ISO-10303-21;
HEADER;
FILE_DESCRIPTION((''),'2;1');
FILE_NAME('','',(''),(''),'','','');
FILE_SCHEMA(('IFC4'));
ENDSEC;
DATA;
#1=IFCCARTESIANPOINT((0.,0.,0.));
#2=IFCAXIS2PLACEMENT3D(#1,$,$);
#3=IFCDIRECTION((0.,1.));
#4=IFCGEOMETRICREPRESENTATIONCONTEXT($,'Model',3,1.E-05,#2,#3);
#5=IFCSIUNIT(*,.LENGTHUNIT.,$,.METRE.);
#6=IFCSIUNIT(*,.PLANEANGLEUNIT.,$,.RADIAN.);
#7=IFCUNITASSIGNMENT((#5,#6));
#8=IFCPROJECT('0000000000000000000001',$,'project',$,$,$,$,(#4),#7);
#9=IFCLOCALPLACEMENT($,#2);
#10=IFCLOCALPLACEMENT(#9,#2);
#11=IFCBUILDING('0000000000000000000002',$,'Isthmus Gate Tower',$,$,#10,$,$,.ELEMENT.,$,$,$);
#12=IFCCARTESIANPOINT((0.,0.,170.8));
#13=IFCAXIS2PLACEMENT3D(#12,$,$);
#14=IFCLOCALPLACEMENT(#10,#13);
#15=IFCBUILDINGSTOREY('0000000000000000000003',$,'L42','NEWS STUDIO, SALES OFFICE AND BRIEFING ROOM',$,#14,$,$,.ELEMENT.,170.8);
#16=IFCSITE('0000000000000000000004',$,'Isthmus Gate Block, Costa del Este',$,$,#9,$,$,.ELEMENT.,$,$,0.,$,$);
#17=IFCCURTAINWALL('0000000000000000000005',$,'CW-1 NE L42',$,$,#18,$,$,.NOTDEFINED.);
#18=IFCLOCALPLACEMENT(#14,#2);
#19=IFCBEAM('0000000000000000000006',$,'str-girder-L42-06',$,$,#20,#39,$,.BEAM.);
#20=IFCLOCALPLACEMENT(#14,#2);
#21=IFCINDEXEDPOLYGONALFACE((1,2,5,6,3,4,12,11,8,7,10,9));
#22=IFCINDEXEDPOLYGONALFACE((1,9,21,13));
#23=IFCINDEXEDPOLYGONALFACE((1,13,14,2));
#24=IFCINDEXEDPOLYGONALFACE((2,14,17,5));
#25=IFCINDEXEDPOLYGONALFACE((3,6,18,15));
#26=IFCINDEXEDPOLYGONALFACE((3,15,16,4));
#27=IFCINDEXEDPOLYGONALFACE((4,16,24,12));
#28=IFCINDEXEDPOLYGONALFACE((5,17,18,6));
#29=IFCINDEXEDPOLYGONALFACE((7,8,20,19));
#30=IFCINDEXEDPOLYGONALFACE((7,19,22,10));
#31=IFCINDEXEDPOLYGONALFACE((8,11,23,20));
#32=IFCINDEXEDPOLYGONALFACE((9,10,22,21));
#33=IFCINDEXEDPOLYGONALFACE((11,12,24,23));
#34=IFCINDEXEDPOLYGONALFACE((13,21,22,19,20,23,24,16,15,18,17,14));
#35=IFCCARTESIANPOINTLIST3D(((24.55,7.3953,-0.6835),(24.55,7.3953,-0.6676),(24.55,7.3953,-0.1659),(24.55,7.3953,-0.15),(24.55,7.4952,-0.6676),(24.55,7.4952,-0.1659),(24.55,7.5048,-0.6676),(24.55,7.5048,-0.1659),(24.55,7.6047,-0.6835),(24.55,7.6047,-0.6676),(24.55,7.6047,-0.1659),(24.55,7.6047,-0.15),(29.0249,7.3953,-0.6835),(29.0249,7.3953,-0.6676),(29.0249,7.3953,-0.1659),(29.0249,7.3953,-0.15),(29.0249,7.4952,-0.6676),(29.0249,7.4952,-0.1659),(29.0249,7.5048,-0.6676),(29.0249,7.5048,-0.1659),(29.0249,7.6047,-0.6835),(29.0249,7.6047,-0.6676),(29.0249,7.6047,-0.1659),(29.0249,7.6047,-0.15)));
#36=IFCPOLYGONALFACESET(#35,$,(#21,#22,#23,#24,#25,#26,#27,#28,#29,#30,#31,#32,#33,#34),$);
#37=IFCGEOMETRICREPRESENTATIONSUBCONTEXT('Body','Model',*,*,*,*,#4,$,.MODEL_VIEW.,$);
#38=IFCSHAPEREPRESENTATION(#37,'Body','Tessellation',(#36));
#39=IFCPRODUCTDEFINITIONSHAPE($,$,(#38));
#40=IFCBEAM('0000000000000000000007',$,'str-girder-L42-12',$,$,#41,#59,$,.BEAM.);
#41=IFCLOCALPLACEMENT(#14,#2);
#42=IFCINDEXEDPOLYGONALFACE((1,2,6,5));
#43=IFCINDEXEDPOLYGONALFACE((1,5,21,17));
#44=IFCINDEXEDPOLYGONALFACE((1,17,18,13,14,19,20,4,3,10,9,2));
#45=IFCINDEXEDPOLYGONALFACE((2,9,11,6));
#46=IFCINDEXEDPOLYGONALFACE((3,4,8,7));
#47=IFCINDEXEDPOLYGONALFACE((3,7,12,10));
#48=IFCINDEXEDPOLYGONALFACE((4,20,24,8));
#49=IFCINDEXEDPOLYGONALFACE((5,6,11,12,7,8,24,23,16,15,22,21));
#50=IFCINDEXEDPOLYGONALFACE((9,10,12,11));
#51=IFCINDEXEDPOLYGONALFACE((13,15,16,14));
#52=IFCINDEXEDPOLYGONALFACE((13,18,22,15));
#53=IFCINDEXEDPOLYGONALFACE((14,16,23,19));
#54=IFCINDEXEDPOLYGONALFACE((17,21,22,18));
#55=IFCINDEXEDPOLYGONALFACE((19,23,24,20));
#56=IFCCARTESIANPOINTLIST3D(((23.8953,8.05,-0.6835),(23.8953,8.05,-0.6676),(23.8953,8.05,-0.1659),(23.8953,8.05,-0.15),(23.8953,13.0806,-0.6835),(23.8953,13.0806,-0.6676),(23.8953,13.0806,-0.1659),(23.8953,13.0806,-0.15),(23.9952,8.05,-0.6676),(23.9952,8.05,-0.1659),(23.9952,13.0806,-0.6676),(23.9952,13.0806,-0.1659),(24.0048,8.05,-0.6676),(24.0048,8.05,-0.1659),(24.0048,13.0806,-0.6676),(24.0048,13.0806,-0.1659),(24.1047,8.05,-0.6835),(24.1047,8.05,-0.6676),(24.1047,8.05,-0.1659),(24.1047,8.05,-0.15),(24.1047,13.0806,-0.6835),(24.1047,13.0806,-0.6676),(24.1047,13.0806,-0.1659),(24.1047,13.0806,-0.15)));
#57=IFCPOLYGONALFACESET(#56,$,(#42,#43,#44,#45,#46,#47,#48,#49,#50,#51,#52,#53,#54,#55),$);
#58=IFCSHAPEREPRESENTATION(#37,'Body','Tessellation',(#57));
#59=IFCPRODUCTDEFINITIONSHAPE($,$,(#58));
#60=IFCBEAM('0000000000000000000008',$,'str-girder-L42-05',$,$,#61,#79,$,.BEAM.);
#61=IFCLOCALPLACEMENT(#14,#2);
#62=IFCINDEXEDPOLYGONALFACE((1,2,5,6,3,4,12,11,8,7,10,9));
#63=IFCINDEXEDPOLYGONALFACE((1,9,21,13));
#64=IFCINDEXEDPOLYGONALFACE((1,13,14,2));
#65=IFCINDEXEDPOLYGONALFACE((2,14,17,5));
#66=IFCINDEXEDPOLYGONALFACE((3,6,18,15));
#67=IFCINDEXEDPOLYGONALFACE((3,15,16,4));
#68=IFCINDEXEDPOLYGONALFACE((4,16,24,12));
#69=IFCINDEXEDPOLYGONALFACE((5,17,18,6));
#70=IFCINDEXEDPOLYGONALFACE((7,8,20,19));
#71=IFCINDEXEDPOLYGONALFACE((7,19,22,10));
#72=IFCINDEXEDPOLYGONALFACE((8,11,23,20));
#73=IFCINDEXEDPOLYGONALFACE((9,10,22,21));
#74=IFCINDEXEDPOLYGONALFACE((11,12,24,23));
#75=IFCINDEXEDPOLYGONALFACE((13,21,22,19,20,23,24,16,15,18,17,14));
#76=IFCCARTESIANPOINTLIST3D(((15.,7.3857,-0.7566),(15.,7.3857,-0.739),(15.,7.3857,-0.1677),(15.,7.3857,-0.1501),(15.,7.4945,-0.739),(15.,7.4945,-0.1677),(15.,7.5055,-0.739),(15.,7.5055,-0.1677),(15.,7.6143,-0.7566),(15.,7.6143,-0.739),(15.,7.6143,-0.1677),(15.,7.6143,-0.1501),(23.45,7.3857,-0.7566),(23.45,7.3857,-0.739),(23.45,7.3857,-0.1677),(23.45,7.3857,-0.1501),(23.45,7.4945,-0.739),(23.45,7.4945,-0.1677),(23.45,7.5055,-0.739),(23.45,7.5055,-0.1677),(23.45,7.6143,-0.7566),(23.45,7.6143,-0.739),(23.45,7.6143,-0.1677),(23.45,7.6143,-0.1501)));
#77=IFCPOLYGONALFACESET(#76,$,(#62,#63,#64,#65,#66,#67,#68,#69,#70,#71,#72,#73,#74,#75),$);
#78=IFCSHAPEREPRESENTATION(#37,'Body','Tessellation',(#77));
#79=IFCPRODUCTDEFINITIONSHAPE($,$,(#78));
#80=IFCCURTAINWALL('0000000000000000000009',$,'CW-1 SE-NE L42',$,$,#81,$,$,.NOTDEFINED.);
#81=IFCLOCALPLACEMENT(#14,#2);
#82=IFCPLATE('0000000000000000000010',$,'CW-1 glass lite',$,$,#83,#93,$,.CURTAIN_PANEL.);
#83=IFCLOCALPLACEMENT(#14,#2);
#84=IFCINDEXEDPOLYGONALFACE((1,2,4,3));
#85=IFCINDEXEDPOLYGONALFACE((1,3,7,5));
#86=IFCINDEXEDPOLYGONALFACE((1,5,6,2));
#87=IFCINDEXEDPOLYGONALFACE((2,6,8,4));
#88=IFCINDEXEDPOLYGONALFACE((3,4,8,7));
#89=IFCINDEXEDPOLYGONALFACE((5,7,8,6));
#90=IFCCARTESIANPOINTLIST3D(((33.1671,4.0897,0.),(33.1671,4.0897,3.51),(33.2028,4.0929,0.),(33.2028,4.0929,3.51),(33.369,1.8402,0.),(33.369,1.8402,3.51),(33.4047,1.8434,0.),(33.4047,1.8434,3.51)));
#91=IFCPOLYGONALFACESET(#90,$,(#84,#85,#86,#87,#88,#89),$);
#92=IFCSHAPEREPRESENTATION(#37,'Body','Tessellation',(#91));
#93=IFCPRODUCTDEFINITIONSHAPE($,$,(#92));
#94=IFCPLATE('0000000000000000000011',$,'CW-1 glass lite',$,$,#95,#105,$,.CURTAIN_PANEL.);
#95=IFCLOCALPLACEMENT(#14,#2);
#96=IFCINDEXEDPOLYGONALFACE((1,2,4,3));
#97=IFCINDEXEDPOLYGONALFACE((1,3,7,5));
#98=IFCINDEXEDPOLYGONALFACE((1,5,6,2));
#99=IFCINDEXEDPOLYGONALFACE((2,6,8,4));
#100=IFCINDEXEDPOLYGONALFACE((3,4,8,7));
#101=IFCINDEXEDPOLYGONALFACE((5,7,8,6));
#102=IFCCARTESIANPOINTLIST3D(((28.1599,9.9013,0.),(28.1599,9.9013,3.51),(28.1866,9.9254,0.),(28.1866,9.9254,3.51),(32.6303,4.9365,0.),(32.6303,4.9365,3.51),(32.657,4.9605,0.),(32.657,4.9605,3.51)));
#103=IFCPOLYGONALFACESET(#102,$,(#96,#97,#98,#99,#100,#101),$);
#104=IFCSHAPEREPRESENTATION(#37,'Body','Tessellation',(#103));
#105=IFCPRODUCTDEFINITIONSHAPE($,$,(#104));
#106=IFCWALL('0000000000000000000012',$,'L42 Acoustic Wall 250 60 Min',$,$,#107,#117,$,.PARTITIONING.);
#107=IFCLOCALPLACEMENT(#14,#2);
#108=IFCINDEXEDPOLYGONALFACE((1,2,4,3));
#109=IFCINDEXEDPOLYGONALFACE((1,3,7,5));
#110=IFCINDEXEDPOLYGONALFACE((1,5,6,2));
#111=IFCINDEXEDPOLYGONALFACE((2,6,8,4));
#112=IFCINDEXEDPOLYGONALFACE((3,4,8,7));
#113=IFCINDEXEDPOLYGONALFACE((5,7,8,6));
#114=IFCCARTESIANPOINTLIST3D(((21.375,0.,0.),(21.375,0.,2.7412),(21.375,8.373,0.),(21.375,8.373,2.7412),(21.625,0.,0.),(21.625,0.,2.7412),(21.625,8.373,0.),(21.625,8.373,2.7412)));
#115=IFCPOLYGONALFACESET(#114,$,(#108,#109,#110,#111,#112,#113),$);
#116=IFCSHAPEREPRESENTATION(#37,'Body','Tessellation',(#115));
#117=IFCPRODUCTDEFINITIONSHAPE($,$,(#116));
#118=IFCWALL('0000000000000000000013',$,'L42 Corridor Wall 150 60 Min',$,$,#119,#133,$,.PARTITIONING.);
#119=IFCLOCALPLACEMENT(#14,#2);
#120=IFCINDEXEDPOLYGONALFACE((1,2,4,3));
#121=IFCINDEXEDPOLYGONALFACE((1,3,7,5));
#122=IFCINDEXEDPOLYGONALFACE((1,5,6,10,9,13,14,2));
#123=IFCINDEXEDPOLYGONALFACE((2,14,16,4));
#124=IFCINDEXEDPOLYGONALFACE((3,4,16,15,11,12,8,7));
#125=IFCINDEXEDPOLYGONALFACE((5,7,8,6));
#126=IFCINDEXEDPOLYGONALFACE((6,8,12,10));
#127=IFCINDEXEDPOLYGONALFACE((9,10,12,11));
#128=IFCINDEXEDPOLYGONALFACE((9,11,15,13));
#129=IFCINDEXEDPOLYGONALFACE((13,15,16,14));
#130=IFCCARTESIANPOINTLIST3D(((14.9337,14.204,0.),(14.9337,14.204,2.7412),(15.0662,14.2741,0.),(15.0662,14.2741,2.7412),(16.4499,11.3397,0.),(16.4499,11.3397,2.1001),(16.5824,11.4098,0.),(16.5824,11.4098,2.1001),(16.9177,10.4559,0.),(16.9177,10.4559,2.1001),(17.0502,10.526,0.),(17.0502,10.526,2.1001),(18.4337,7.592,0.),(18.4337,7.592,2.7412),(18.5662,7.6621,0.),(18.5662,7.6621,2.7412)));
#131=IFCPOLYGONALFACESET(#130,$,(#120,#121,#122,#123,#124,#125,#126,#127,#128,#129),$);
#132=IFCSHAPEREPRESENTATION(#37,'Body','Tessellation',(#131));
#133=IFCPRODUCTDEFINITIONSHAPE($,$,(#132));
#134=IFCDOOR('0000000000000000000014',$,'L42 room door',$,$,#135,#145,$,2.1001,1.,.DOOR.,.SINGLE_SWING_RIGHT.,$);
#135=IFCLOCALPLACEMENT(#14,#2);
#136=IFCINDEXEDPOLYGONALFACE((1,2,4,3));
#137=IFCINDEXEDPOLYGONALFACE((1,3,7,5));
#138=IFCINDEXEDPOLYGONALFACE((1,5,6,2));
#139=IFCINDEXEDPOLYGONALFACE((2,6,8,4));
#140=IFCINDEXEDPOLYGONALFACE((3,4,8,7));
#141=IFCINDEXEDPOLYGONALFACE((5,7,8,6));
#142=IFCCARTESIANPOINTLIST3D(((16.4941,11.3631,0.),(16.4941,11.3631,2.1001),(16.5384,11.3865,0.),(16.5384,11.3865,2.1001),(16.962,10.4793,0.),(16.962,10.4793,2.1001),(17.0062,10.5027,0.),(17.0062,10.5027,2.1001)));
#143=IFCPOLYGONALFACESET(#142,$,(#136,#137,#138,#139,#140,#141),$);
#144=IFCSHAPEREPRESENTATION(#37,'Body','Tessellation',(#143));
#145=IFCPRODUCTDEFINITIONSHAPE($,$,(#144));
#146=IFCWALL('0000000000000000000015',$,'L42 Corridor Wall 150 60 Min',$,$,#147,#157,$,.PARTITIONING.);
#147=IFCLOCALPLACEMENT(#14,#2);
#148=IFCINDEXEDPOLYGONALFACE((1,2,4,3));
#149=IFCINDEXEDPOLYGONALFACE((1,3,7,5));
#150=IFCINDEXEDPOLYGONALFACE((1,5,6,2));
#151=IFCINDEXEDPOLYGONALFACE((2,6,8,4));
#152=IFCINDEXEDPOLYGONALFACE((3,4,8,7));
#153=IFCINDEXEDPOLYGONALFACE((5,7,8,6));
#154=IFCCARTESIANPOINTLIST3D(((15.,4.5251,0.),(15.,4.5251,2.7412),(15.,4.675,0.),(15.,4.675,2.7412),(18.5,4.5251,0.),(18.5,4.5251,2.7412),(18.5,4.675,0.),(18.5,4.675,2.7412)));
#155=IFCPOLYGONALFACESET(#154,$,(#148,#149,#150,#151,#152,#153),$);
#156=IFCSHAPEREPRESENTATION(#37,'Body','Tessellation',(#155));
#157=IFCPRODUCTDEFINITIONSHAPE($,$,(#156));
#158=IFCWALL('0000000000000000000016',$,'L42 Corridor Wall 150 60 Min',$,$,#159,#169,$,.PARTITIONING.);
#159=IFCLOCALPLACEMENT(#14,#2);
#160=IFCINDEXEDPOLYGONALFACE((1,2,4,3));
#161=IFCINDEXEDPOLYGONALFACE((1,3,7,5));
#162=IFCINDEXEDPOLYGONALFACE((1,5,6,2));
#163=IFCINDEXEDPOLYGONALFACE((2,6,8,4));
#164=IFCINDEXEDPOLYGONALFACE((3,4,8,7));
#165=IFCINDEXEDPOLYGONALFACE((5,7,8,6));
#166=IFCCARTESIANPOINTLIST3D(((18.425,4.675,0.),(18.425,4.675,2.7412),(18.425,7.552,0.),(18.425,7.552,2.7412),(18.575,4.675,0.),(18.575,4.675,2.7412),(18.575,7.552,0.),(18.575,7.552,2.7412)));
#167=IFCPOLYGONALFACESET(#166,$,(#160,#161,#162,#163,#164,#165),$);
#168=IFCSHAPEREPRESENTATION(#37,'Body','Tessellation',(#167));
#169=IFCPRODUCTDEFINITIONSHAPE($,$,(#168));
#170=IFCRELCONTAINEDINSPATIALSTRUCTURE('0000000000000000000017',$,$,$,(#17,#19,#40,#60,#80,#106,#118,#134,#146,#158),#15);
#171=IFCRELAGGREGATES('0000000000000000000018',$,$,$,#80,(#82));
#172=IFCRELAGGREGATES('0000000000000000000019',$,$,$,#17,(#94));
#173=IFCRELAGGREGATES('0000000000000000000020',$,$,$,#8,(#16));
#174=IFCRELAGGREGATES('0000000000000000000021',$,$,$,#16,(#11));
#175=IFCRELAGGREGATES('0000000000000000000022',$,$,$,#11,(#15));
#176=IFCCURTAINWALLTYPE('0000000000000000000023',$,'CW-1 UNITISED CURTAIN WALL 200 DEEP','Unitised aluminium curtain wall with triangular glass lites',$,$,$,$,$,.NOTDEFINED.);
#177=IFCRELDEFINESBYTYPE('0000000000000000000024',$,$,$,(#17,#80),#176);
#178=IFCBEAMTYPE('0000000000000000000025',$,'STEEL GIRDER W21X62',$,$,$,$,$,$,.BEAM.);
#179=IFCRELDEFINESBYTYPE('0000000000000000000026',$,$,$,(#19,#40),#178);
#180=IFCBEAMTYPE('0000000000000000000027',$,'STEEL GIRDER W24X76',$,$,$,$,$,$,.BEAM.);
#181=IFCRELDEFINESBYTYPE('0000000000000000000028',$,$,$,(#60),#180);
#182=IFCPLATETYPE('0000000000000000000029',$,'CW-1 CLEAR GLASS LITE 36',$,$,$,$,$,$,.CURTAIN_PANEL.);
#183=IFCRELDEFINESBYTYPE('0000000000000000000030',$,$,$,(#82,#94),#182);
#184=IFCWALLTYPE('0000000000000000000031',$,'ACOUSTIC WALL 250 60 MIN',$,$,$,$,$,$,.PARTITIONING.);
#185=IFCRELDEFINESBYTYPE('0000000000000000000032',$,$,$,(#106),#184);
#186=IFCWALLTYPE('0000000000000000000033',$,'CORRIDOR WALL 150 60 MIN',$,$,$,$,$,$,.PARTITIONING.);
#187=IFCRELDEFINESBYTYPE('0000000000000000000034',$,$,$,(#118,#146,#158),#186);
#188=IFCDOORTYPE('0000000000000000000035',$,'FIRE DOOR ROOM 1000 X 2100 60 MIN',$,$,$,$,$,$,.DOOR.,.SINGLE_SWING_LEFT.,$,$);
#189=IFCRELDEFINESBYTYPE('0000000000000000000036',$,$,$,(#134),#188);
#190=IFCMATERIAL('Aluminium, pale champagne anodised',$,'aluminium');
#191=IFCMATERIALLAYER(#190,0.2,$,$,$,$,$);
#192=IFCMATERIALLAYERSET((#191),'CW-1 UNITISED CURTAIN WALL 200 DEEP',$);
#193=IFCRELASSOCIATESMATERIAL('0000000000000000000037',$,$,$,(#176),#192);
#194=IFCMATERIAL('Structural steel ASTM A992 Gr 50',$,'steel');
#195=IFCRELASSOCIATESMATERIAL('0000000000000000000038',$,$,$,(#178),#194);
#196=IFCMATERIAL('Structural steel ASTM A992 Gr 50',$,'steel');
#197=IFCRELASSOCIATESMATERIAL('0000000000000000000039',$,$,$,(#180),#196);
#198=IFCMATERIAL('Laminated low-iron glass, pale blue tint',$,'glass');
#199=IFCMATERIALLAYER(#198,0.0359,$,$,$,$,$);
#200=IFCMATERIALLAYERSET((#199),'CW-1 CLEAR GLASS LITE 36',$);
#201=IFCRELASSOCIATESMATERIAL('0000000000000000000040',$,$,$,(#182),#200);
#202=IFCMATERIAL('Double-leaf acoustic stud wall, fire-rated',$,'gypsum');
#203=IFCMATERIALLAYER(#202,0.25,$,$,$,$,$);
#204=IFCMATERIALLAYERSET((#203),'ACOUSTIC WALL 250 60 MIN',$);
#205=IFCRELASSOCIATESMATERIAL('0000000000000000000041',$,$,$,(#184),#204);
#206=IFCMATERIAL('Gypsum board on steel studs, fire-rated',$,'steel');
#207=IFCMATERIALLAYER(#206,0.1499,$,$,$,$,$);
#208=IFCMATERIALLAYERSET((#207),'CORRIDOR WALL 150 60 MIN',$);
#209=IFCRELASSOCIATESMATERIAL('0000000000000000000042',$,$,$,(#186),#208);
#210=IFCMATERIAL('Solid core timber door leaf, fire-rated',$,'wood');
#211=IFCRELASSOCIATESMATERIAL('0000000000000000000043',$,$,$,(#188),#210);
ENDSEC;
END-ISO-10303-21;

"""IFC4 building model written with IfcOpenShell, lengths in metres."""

from ifc_helpers import new_model, si_unit, direction, frame, frame_2d, origin, origin_2d, place, context, subcontext, project, spatial, rectangle, i_section, extrude, material, layer, layer_set, material_profile, profile_set, type_object, element, fill, aggregate, save


model = new_model("IFC4")

# Units and contexts
model_context = context("Model", 3, precision=1e-05, world=origin(), true_north=direction((0.0, 1.0)))
body_context = subcontext(model_context, "Body", "Model", "MODEL_VIEW")
ifc_project = project(units=[si_unit("LENGTHUNIT", "METRE"), si_unit("PLANEANGLEUNIT", "RADIAN")], contexts=[model_context])

# Site, building, storey
site_placement = place(None, origin())
site = spatial("IfcSite", under=ifc_project, at=site_placement, Name="Isthmus Gate Block, Costa del Este", CompositionType="ELEMENT", RefElevation=0.0)
building_placement = place(site_placement, origin())
building = spatial("IfcBuilding", under=site, at=building_placement, Name="Isthmus Gate Tower", CompositionType="ELEMENT")
storey_placement = place(building_placement, frame((0.0, 0.0, 170.8)))
storey = spatial("IfcBuildingStorey", under=building, at=storey_placement, Name="L42", Description="NEWS STUDIO, SALES OFFICE AND BRIEFING ROOM", CompositionType="ELEMENT", Elevation=170.8)

# Curtain wall
ifc_material_1 = material(Name="Aluminium, pale champagne anodised", Category="aluminium")
ifc_layer_1 = layer(ifc_material_1, 0.2)
ifc_layer_set_1 = layer_set([ifc_layer_1], Name="CW-1 UNITISED CURTAIN WALL 200 DEEP")
curtain_wall_type = type_object("IfcCurtainWallType", Name="CW-1 UNITISED CURTAIN WALL 200 DEEP", Description="Unitised aluminium curtain wall with triangular glass lites", PredefinedType="NOTDEFINED", material=ifc_layer_set_1)
curtain_wall_1_placement = place(storey_placement, origin())
curtain_wall_1 = element("IfcCurtainWall", 1, at=curtain_wall_1_placement, inside=storey, type_object=curtain_wall_type, Name="CW-1 NE L42", PredefinedType="NOTDEFINED")

# Beams
ifc_material_2 = material(Name="Structural steel ASTM A992 Gr 50", Category="steel")
ifc_material_profile_1 = material_profile(ifc_material_2, i_section(OverallWidth=0.2095, OverallDepth=0.5334, WebThickness=0.0095, FlangeThickness=0.0159, at=origin_2d()), Name="W21X62")
ifc_profile_set_1 = profile_set([ifc_material_profile_1], Name="Structural steel ASTM A992 Gr 50")
beam_type_1 = type_object("IfcBeamType", Name="STEEL GIRDER W21X62", PredefinedType="BEAM", material=ifc_profile_set_1)
beam_1_placement = place(storey_placement, frame((24.55, 7.5, -0.4167), z_axis=(1.0, 0.0, 0.0), x_axis=(0.0, 1.0, 0.0)))
element("IfcBeam", 2, at=beam_1_placement, inside=storey, type_object=beam_type_1, Name="str-girder-L42-06", PredefinedType="BEAM", context=body_context, shape_type="SweptSolid", body=[
    extrude(i_section(OverallWidth=0.2095, OverallDepth=0.5334, WebThickness=0.0095, FlangeThickness=0.0159, at=origin_2d()), origin(), (0.0, 0.0, 1.0), 4.4749),
])
beam_2_placement = place(storey_placement, frame((24.0, 8.05, -0.4167), z_axis=(0.0, 1.0, 0.0), x_axis=(-1.0, 0.0, 0.0)))
element("IfcBeam", 3, at=beam_2_placement, inside=storey, type_object=beam_type_1, Name="str-girder-L42-12", PredefinedType="BEAM", context=body_context, shape_type="SweptSolid", body=[
    extrude(i_section(OverallWidth=0.2095, OverallDepth=0.5334, WebThickness=0.0095, FlangeThickness=0.0159, at=origin_2d()), origin(), (0.0, 0.0, 1.0), 5.0305),
])
ifc_material_3 = material(Name="Structural steel ASTM A992 Gr 50", Category="steel")
ifc_material_profile_2 = material_profile(ifc_material_3, i_section(OverallWidth=0.2285, OverallDepth=0.6064, WebThickness=0.011, FlangeThickness=0.0176, at=origin_2d()), Name="W24X76")
ifc_profile_set_2 = profile_set([ifc_material_profile_2], Name="Structural steel ASTM A992 Gr 50")
beam_type_2 = type_object("IfcBeamType", Name="STEEL GIRDER W24X76", PredefinedType="BEAM", material=ifc_profile_set_2)
beam_3_placement = place(storey_placement, frame((15.0, 7.5, -0.4534), z_axis=(1.0, 0.0, 0.0), x_axis=(0.0, 1.0, 0.0)))
element("IfcBeam", 4, at=beam_3_placement, inside=storey, type_object=beam_type_2, Name="str-girder-L42-05", PredefinedType="BEAM", context=body_context, shape_type="SweptSolid", body=[
    extrude(i_section(OverallWidth=0.2285, OverallDepth=0.6064, WebThickness=0.011, FlangeThickness=0.0176, at=origin_2d()), origin(), (0.0, 0.0, 1.0), 8.45),
])

# Curtain wall, plate
curtain_wall_2_placement = place(storey_placement, origin())
curtain_wall_2 = element("IfcCurtainWall", 5, at=curtain_wall_2_placement, inside=storey, type_object=curtain_wall_type, Name="CW-1 SE-NE L42", PredefinedType="NOTDEFINED")
ifc_material_4 = material(Name="Laminated low-iron glass, pale blue tint", Category="glass")
ifc_layer_2 = layer(ifc_material_4, 0.0359)
ifc_layer_set_2 = layer_set([ifc_layer_2], Name="CW-1 CLEAR GLASS LITE 36")
plate_type = type_object("IfcPlateType", Name="CW-1 CLEAR GLASS LITE 36", PredefinedType="CURTAIN_PANEL", material=ifc_layer_set_2)
plate_1_placement = place(storey_placement, frame((33.2859, 2.9666, 0.0), z_axis=(0.0, 0.0, 1.0), x_axis=(-0.089397, 0.995996, 0.0)))
plate_1 = element("IfcPlate", 6, at=plate_1_placement, type_object=plate_type, Name="CW-1 glass lite", PredefinedType="CURTAIN_PANEL", context=body_context, shape_type="SweptSolid", body=[
    extrude(rectangle(XDim=2.2585, YDim=0.0359, at=origin_2d()), origin(), (0.0, 0.0, 1.0), 3.51),
])
aggregate(curtain_wall_2, [plate_1])

# Plate
plate_2_placement = place(storey_placement, frame((30.4084, 7.4309, 0.0), z_axis=(0.0, 0.0, 1.0), x_axis=(-0.669131, 0.743145, 0.0)))
plate_2 = element("IfcPlate", 7, at=plate_2_placement, type_object=plate_type, Name="CW-1 glass lite", PredefinedType="CURTAIN_PANEL", context=body_context, shape_type="SweptSolid", body=[
    extrude(rectangle(XDim=6.6809, YDim=0.0359, at=origin_2d()), origin(), (0.0, 0.0, 1.0), 3.51),
])
aggregate(curtain_wall_1, [plate_2])

# Wall
ifc_material_5 = material(Name="Double-leaf acoustic stud wall, fire-rated", Category="gypsum")
ifc_layer_3 = layer(ifc_material_5, 0.25)
ifc_layer_set_3 = layer_set([ifc_layer_3], Name="ACOUSTIC WALL 250 60 MIN")
wall_type_1 = type_object("IfcWallType", Name="ACOUSTIC WALL 250 60 MIN", PredefinedType="PARTITIONING", material=ifc_layer_set_3)
wall_1_placement = place(storey_placement, frame((21.5, 8.373, 0.0), z_axis=(0.0, 0.0, 1.0), x_axis=(0.0, -1.0, 0.0)))
element("IfcWall", 8, at=wall_1_placement, inside=storey, type_object=wall_type_1, Name="L42 Acoustic Wall 250 60 Min", PredefinedType="PARTITIONING", context=body_context, shape_type="SweptSolid", body=[
    extrude(rectangle(XDim=8.373, YDim=0.25, at=frame_2d((4.1865, 0.0))), origin(), (0.0, 0.0, 1.0), 2.7412),
])

# Wall, opening, door
ifc_material_6 = material(Name="Gypsum board on steel studs, fire-rated", Category="steel")
ifc_layer_4 = layer(ifc_material_6, 0.1499)
ifc_layer_set_4 = layer_set([ifc_layer_4], Name="CORRIDOR WALL 150 60 MIN")
wall_type_2 = type_object("IfcWallType", Name="CORRIDOR WALL 150 60 MIN", PredefinedType="PARTITIONING", material=ifc_layer_set_4)
wall_2_placement = place(storey_placement, frame((18.5, 7.627, 0.0), z_axis=(0.0, 0.0, 1.0), x_axis=(-0.467835, 0.883816, 0.0)))
wall_2 = element("IfcWall", 9, at=wall_2_placement, inside=storey, type_object=wall_type_2, Name="L42 Corridor Wall 150 60 Min", PredefinedType="PARTITIONING", context=body_context, shape_type="SweptSolid", body=[
    extrude(rectangle(XDim=7.4812, YDim=0.1499, at=frame_2d((3.7407, 0.0))), origin(), (0.0, 0.0, 1.0), 2.7412),
])
opening_placement = place(wall_2_placement, frame((3.2405, 0.0, 0.0)))
opening = element("IfcOpeningElement", 10, at=opening_placement, cuts=wall_2, PredefinedType="OPENING", context=body_context, shape_type="SweptSolid", body=[
    extrude(rectangle(XDim=1.0, YDim=2.1001, at=frame_2d((0.5, 1.05))), frame((0.0, 0.085, 0.0), z_axis=(0.0, -1.0, 0.0), x_axis=(1.0, 0.0, 0.0)), (0.0, 0.0, 1.0), 0.1699),
])
ifc_material_7 = material(Name="Solid core timber door leaf, fire-rated", Category="wood")
door_type = type_object("IfcDoorType", Name="FIRE DOOR ROOM 1000 X 2100 60 MIN", OperationType="SINGLE_SWING_LEFT", PredefinedType="DOOR", material=ifc_material_7)
door_placement = place(opening_placement, origin())
door = element("IfcDoor", 11, at=door_placement, inside=storey, type_object=door_type, Name="L42 room door", OperationType="SINGLE_SWING_RIGHT", OverallHeight=2.1001, OverallWidth=1.0, PredefinedType="DOOR", context=body_context, shape_type="SweptSolid", body=[
    extrude(rectangle(XDim=1.0, YDim=2.1001, at=frame_2d((0.5, 1.05))), frame((0.0, 0.0249, 0.0), z_axis=(0.0, -1.0, 0.0), x_axis=(1.0, 0.0, 0.0)), (0.0, 0.0, 1.0), 0.05),
])
fill(opening, door)

# Walls
wall_3_placement = place(storey_placement, frame((15.0, 4.6001, 0.0), z_axis=(0.0, 0.0, 1.0), x_axis=(1.0, 0.0, 0.0)))
element("IfcWall", 12, at=wall_3_placement, inside=storey, type_object=wall_type_2, Name="L42 Corridor Wall 150 60 Min", PredefinedType="PARTITIONING", context=body_context, shape_type="SweptSolid", body=[
    extrude(rectangle(XDim=3.5, YDim=0.1499, at=frame_2d((1.75, 0.0))), origin(), (0.0, 0.0, 1.0), 2.7412),
])
wall_4_placement = place(storey_placement, frame((18.5, 4.675, 0.0), z_axis=(0.0, 0.0, 1.0), x_axis=(0.0, 1.0, 0.0)))
element("IfcWall", 13, at=wall_4_placement, inside=storey, type_object=wall_type_2, Name="L42 Corridor Wall 150 60 Min", PredefinedType="PARTITIONING", context=body_context, shape_type="SweptSolid", body=[
    extrude(rectangle(XDim=2.877, YDim=0.1499, at=frame_2d((1.4385, 0.0))), origin(), (0.0, 0.0, 1.0), 2.7412),
])

save(model, "model.ifc")
